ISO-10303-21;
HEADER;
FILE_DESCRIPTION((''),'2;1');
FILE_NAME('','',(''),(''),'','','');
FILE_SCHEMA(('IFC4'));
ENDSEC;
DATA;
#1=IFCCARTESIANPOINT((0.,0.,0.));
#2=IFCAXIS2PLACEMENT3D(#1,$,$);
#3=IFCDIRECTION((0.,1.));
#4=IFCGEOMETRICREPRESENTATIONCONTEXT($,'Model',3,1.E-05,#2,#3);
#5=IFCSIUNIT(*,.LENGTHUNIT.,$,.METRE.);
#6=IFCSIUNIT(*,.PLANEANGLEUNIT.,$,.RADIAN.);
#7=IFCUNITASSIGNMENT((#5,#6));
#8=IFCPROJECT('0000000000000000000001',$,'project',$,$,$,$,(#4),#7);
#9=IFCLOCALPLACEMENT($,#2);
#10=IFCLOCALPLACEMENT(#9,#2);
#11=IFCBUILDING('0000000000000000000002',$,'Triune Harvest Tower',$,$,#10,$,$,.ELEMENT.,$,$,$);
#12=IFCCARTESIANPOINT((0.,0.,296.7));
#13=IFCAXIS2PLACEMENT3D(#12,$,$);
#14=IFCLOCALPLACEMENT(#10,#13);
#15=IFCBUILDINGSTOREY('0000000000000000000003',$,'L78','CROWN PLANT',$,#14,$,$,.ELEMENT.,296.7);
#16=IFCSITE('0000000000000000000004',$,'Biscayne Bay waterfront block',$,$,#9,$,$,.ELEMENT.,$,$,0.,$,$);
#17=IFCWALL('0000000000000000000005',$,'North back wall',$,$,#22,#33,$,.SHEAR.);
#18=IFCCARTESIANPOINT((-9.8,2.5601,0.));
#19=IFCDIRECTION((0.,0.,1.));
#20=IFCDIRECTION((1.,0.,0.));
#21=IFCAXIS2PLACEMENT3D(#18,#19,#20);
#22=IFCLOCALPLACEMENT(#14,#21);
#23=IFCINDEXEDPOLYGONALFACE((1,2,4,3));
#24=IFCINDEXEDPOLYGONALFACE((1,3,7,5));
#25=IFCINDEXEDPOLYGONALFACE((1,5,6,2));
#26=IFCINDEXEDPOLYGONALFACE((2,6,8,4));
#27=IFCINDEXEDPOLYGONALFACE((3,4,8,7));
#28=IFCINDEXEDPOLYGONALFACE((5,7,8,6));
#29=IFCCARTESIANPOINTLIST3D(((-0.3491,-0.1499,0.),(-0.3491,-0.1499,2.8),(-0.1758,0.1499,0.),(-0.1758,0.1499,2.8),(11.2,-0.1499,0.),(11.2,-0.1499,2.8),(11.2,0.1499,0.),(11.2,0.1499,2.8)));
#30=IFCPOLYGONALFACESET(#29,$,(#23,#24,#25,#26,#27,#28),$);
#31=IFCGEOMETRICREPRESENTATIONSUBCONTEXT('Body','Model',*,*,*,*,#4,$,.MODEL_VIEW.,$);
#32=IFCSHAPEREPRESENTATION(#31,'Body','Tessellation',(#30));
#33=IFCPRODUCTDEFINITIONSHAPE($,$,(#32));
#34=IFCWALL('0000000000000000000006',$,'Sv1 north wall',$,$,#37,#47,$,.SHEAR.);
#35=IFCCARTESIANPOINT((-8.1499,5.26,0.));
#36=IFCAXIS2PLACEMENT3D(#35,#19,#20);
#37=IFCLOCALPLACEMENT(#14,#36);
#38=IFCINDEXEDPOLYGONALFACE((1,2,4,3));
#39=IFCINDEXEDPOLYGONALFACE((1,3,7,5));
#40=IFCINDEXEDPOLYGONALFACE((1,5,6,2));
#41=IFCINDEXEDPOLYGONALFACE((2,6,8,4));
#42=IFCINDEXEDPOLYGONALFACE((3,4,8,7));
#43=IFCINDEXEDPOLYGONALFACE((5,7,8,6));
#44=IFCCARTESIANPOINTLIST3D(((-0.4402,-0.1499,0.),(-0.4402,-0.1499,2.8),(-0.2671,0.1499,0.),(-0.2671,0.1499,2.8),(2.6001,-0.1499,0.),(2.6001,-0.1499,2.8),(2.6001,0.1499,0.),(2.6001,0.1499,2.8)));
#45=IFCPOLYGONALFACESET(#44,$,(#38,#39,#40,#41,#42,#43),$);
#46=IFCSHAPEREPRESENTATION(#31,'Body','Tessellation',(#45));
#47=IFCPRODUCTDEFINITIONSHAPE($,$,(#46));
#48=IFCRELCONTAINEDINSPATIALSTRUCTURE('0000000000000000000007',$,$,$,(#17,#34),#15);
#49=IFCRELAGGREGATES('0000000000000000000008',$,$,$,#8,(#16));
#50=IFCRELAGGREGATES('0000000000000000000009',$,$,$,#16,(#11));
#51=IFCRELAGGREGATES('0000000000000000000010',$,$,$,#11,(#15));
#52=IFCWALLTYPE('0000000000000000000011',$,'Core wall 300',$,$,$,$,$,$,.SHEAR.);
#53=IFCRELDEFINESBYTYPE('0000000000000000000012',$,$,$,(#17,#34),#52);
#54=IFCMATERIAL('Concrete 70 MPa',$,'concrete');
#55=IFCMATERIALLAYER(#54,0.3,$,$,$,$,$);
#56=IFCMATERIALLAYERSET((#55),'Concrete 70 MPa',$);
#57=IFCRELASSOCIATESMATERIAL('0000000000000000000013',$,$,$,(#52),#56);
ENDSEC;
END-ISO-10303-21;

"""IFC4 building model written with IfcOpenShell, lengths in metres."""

from ifc_helpers import new_model, si_unit, direction, frame, origin, place, context, subcontext, project, spatial, polyline, outline, extrude, material, layer, layer_set, type_object, element, save


model = new_model("IFC4")

# Units and contexts
model_context = context("Model", 3, precision=1e-05, world=origin(), true_north=direction((0.0, 1.0)))
body_context = subcontext(model_context, "Body", "Model", "MODEL_VIEW")
ifc_project = project(units=[si_unit("LENGTHUNIT", "METRE"), si_unit("PLANEANGLEUNIT", "RADIAN")], contexts=[model_context])

# Site, building, storey
site_placement = place(None, origin())
site = spatial("IfcSite", under=ifc_project, at=site_placement, Name="Biscayne Bay waterfront block", CompositionType="ELEMENT", RefElevation=0.0)
building_placement = place(site_placement, origin())
building = spatial("IfcBuilding", under=site, at=building_placement, Name="Triune Harvest Tower", CompositionType="ELEMENT")
storey_placement = place(building_placement, frame((0.0, 0.0, 296.7)))
storey = spatial("IfcBuildingStorey", under=building, at=storey_placement, Name="L78", Description="CROWN PLANT", CompositionType="ELEMENT", Elevation=296.7)

# Shared definitions
ifc_material_1 = material(Name="Concrete 70 MPa", Category="concrete")
ifc_layer_1 = layer(ifc_material_1, 0.3)
ifc_layer_set_1 = layer_set([ifc_layer_1], Name="Concrete 70 MPa")
wall_type_1 = type_object("IfcWallType", Name="Core wall 300", PredefinedType="SHEAR", material=ifc_layer_set_1)

# Walls
wall_1_placement = place(storey_placement, frame((-9.8, 2.5601, 0.0), z_axis=(0.0, 0.0, 1.0), x_axis=(1.0, 0.0, 0.0)))
element("IfcWall", 1, at=wall_1_placement, inside=storey, type_object=wall_type_1, Name="North back wall", PredefinedType="SHEAR", context=body_context, shape_type="SweptSolid", body=[
    extrude(outline(polyline([(11.2, -0.1499), (-0.3491, -0.1499), (-0.1758, 0.1499), (11.2, 0.1499), (11.2, -0.1499)])), origin(), (0.0, 0.0, 1.0), 2.8),
])
wall_2_placement = place(storey_placement, frame((-8.1499, 5.26, 0.0), z_axis=(0.0, 0.0, 1.0), x_axis=(1.0, 0.0, 0.0)))
element("IfcWall", 2, at=wall_2_placement, inside=storey, type_object=wall_type_1, Name="Sv1 north wall", PredefinedType="SHEAR", context=body_context, shape_type="SweptSolid", body=[
    extrude(outline(polyline([(2.6001, -0.1499), (-0.4402, -0.1499), (-0.2671, 0.1499), (2.6001, 0.1499), (2.6001, -0.1499)])), origin(), (0.0, 0.0, 1.0), 2.8),
])

save(model, "model.ifc")
